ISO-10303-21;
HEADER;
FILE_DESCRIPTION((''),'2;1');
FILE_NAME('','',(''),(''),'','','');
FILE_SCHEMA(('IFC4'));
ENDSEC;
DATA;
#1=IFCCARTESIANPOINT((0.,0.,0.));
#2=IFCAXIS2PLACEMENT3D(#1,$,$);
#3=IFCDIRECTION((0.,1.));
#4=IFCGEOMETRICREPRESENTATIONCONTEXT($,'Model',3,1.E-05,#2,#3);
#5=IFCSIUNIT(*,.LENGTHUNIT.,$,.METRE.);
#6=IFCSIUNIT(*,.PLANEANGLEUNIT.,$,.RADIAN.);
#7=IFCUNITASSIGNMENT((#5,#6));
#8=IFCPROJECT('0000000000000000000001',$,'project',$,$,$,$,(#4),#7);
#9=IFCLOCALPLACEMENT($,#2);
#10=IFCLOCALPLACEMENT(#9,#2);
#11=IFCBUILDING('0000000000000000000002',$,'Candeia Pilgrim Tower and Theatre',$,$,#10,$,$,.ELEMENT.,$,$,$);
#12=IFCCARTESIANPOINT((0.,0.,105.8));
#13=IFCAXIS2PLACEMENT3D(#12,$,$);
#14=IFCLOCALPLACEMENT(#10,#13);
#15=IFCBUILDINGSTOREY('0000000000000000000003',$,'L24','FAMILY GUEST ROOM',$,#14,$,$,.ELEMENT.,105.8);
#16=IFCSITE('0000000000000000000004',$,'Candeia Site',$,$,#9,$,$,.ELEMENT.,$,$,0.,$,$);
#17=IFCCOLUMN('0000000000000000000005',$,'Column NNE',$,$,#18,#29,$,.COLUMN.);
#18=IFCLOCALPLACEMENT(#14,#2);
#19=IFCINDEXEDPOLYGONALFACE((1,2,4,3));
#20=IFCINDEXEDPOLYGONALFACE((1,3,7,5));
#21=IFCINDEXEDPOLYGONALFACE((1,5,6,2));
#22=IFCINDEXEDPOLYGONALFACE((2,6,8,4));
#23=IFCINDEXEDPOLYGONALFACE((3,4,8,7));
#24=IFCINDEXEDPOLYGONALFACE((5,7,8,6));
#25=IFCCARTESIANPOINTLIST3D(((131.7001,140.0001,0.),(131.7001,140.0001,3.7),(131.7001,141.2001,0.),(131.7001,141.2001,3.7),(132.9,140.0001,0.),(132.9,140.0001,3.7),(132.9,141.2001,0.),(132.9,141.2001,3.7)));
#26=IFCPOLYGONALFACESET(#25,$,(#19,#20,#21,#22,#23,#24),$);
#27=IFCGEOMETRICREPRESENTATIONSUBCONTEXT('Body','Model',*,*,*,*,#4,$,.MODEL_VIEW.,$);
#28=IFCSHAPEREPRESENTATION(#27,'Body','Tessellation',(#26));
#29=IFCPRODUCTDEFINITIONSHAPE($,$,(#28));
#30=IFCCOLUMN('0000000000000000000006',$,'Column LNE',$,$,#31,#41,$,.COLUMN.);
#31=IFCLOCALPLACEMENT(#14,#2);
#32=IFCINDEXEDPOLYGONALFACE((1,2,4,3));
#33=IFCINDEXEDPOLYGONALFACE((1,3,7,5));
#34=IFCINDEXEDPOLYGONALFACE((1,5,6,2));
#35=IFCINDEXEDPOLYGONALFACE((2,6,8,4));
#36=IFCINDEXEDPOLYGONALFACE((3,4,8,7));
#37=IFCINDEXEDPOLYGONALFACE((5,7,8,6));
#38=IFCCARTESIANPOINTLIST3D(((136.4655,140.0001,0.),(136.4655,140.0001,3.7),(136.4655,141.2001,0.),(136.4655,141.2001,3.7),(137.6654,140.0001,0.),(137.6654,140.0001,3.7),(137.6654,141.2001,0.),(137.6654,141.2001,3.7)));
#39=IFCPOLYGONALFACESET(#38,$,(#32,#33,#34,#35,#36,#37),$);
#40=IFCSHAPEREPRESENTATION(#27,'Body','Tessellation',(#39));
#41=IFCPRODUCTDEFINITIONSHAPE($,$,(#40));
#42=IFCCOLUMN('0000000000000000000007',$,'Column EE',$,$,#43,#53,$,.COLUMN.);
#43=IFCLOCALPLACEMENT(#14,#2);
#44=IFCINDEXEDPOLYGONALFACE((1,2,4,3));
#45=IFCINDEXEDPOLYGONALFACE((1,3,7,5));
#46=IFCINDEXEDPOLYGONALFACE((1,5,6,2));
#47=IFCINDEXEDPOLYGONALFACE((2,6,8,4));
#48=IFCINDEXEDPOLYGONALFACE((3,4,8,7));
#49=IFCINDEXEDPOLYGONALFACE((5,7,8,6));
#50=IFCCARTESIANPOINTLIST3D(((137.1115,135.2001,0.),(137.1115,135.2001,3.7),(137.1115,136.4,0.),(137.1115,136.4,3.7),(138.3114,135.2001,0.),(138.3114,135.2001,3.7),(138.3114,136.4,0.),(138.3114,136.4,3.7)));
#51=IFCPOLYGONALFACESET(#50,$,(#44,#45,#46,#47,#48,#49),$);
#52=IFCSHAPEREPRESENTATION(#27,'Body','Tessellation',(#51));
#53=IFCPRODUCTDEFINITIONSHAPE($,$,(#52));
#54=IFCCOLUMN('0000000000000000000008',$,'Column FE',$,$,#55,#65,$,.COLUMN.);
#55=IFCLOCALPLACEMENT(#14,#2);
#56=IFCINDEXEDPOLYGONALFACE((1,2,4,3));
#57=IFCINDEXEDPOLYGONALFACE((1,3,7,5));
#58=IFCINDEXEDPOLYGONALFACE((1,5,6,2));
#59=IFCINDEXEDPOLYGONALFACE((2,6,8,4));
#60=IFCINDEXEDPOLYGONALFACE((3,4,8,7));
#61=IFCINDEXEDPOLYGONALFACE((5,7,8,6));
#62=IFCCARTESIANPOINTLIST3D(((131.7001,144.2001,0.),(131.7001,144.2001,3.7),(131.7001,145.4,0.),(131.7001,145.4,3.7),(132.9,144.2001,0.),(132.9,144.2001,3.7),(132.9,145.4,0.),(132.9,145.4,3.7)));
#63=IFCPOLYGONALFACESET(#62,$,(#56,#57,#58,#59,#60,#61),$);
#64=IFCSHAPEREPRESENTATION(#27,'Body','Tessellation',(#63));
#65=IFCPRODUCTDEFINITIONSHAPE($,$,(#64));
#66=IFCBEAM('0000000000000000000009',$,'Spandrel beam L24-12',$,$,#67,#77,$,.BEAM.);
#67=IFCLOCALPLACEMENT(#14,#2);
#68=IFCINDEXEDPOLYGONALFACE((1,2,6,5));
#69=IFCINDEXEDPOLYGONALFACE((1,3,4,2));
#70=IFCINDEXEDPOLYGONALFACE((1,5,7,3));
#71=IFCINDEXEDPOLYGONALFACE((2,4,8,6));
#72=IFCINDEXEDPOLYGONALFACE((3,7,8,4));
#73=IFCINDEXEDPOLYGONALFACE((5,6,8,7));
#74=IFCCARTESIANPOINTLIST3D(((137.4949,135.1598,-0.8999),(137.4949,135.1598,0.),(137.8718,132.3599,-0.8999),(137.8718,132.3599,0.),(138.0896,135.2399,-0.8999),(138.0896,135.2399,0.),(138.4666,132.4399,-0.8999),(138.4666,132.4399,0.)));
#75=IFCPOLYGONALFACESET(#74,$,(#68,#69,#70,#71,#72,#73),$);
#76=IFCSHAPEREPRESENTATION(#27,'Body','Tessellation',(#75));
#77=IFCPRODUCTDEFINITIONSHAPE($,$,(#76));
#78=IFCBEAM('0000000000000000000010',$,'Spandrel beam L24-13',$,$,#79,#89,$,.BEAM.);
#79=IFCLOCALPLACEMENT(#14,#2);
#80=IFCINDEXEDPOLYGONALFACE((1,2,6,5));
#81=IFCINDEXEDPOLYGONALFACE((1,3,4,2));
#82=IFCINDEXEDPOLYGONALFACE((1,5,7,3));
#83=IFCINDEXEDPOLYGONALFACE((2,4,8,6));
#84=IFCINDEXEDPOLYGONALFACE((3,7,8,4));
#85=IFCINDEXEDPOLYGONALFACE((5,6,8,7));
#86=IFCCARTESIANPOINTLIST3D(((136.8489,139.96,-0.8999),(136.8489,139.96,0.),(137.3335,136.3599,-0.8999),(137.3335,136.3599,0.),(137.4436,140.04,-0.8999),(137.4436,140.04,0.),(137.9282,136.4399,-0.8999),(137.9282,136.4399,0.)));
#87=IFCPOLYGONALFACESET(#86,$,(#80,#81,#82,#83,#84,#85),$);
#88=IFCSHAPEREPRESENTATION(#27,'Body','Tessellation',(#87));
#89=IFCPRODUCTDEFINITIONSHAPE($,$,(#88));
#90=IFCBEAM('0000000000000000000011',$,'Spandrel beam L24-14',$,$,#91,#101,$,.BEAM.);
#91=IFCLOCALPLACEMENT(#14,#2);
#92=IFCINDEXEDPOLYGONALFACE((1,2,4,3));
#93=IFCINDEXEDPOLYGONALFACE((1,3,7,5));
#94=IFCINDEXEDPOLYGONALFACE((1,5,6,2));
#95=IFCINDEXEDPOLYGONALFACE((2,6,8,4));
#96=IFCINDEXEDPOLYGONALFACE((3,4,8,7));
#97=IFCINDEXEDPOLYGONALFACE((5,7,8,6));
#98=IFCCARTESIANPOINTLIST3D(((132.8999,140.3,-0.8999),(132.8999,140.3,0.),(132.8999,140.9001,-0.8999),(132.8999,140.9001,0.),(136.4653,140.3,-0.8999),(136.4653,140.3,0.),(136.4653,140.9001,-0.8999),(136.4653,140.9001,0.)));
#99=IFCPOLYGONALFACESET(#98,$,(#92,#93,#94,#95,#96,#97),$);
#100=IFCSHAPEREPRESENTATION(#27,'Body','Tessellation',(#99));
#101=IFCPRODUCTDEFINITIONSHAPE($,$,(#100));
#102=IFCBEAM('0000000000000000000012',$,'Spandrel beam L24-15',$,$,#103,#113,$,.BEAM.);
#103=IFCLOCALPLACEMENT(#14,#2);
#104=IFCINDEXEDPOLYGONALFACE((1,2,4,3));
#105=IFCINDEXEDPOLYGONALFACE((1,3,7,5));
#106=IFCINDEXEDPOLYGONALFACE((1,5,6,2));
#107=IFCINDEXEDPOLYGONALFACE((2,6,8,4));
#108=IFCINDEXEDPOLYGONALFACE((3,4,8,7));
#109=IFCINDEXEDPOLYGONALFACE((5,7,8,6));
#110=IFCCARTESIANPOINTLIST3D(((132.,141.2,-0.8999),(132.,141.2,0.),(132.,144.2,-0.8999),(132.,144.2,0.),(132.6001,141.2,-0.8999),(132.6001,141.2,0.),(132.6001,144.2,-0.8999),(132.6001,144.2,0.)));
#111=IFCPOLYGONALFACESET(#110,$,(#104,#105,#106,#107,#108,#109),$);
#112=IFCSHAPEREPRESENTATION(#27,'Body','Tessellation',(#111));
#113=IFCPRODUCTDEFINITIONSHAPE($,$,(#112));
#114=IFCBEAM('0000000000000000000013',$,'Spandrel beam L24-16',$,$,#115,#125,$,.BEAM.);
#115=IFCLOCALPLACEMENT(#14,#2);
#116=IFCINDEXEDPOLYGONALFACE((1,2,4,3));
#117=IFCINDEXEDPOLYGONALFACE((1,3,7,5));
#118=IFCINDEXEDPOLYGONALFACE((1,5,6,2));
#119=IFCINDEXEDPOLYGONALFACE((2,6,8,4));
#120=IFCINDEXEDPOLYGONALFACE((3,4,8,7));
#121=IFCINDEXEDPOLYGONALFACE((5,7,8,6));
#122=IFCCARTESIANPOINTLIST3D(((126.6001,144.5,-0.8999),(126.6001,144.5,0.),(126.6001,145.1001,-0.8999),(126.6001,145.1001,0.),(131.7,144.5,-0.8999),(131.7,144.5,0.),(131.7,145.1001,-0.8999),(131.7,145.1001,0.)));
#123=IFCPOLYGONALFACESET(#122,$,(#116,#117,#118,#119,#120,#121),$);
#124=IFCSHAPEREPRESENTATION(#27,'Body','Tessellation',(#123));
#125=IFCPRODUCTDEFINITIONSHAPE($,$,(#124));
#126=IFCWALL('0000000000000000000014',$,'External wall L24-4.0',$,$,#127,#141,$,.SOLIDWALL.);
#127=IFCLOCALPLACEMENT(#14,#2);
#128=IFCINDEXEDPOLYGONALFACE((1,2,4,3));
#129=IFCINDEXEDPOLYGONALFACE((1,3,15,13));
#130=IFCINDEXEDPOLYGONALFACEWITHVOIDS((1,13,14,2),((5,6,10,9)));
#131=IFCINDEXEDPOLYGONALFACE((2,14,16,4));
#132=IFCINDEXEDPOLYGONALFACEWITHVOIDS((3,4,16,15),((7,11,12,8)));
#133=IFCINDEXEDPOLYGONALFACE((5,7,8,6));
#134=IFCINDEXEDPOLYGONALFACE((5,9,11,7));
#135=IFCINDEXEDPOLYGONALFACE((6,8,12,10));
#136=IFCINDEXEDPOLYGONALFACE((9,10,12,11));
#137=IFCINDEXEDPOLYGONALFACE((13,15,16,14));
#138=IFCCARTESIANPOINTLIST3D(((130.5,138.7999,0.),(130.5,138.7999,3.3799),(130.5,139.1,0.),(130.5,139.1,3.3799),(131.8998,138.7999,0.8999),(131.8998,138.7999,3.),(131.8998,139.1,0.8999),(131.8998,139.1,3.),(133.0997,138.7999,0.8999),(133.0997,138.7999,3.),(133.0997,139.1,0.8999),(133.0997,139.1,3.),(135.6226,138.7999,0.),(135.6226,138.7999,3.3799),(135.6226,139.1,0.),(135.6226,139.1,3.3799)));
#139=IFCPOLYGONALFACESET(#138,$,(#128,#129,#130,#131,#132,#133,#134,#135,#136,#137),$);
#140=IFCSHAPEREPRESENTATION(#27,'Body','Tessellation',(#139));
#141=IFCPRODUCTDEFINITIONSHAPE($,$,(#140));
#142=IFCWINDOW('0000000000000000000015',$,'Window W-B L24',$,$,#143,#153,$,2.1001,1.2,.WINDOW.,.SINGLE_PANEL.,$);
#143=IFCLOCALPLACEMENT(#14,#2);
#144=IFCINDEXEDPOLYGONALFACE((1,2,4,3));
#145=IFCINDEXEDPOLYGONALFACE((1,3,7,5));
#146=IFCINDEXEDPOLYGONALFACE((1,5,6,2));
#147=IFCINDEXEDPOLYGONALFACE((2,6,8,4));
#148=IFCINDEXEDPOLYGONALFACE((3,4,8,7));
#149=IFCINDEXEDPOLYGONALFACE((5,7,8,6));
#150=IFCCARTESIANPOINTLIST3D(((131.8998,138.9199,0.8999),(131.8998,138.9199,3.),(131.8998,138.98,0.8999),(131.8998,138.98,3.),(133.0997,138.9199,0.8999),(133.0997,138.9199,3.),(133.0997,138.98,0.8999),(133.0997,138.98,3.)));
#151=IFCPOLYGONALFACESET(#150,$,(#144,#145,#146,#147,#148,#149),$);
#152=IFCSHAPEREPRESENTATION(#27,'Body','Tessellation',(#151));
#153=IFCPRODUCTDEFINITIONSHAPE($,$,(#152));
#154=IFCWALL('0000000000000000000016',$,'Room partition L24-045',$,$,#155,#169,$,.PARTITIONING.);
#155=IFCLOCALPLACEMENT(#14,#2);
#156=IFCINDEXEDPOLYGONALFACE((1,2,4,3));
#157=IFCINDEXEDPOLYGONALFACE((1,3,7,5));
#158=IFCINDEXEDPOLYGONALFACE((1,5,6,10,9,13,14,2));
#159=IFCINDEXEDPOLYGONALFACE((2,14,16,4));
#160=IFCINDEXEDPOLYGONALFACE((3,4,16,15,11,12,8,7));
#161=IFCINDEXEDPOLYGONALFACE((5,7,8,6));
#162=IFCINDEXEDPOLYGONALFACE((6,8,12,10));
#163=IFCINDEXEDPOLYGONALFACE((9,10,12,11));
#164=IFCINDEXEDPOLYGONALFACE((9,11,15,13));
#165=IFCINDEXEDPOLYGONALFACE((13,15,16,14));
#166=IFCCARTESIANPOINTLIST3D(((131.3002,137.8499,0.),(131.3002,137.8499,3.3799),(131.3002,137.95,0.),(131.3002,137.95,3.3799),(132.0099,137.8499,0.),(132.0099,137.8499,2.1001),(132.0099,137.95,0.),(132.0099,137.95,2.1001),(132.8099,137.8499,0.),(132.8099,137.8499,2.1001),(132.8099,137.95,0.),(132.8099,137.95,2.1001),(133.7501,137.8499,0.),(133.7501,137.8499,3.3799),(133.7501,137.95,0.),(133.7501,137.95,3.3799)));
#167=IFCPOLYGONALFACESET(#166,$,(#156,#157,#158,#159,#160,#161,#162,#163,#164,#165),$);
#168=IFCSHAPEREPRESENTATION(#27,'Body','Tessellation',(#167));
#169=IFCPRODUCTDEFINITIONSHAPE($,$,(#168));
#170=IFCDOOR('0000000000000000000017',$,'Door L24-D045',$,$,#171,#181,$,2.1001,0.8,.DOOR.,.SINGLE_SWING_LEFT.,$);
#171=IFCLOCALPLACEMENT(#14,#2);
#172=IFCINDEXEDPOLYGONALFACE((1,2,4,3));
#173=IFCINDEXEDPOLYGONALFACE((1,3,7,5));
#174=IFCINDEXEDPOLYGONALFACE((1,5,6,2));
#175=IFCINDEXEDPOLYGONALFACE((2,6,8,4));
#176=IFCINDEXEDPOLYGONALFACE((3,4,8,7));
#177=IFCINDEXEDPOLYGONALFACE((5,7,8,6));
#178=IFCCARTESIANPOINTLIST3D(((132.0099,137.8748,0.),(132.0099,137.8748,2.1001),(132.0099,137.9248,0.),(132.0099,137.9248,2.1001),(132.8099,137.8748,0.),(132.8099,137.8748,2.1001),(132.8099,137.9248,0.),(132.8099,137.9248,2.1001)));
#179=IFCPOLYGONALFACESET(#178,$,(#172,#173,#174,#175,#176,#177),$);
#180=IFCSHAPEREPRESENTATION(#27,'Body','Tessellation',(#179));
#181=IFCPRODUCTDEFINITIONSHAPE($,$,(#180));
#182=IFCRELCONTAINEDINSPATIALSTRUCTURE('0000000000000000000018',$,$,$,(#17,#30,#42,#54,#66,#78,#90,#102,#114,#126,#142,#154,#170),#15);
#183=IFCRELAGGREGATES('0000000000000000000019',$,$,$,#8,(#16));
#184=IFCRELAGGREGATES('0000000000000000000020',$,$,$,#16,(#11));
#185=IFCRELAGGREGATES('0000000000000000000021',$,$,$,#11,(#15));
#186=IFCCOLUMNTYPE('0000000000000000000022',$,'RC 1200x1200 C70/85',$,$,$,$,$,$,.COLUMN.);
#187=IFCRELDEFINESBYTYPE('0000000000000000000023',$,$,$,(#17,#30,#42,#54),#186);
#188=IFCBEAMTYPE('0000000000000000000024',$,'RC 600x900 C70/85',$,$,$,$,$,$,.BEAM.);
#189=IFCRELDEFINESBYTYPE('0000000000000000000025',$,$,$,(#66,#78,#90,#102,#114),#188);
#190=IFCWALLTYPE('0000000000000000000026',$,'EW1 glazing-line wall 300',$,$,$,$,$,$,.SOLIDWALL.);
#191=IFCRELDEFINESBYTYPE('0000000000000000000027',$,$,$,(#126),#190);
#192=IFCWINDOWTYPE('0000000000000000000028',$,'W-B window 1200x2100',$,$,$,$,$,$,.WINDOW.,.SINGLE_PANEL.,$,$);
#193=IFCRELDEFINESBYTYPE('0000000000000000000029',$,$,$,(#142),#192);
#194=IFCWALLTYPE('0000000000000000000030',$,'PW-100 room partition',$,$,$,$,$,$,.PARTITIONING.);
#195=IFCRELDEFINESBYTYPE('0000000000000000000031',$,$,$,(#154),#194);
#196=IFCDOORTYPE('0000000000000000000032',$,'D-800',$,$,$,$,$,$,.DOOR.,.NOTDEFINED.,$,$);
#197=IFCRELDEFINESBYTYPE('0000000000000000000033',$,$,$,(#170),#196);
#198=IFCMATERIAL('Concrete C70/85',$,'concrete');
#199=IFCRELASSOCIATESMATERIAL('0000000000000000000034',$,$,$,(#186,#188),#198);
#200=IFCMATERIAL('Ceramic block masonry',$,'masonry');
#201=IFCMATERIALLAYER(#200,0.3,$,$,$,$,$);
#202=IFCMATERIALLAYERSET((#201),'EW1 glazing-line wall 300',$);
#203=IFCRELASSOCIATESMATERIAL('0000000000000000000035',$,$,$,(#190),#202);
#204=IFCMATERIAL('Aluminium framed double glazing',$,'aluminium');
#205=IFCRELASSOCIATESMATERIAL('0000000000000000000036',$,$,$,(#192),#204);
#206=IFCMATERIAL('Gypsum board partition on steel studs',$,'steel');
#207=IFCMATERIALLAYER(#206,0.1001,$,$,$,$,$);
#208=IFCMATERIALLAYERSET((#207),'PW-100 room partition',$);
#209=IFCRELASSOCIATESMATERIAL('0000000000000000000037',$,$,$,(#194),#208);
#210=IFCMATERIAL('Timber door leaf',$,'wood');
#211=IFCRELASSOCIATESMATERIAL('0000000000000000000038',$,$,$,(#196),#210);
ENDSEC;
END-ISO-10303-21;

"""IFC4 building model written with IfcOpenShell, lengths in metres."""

from ifc_helpers import new_model, si_unit, direction, frame, frame_2d, origin, origin_2d, place, context, subcontext, project, spatial, rectangle, extrude, material, layer, layer_set, material_profile, profile_set, type_object, element, fill, save


model = new_model("IFC4")

# Units and contexts
model_context = context("Model", 3, precision=1e-05, world=origin(), true_north=direction((0.0, 1.0)))
body_context = subcontext(model_context, "Body", "Model", "MODEL_VIEW")
ifc_project = project(units=[si_unit("LENGTHUNIT", "METRE"), si_unit("PLANEANGLEUNIT", "RADIAN")], contexts=[model_context])

# Site, building, storey
site_placement = place(None, origin())
site = spatial("IfcSite", under=ifc_project, at=site_placement, Name="Candeia Site", CompositionType="ELEMENT", RefElevation=0.0)
building_placement = place(site_placement, origin())
building = spatial("IfcBuilding", under=site, at=building_placement, Name="Candeia Pilgrim Tower and Theatre", CompositionType="ELEMENT")
storey_placement = place(building_placement, frame((0.0, 0.0, 105.8)))
storey = spatial("IfcBuildingStorey", under=building, at=storey_placement, Name="L24", Description="FAMILY GUEST ROOM", CompositionType="ELEMENT", Elevation=105.8)

# Columns
ifc_material_1 = material(Name="Concrete C70/85", Category="concrete")
ifc_material_profile_1 = material_profile(ifc_material_1, rectangle(XDim=1.2, YDim=1.2, at=origin_2d()))
ifc_profile_set_1 = profile_set([ifc_material_profile_1], Name="Concrete C70/85")
column_type = type_object("IfcColumnType", Name="RC 1200x1200 C70/85", PredefinedType="COLUMN", material=ifc_profile_set_1)
for number, where, z_axis, x_axis, name in (
    (1, (132.3, 140.6001, 0.0), (0.0, 0.0, 1.0), (1.0, 0.0, 0.0), "Column NNE"),
    (2, (137.0654, 140.6001, 0.0), (0.0, 0.0, 1.0), (1.0, 0.0, 0.0), "Column LNE"),
    (3, (137.7114, 135.8, 0.0), (0.0, 0.0, 1.0), (1.0, 0.0, 0.0), "Column EE"),
    (4, (132.3, 144.8, 0.0), (0.0, 0.0, 1.0), (1.0, 0.0, 0.0), "Column FE"),
):
    element("IfcColumn", number, at=place(storey_placement, frame(where, z_axis=z_axis, x_axis=x_axis)), inside=storey, type_object=column_type, Name=name, PredefinedType="COLUMN", context=body_context, shape_type="SweptSolid", body=[
        extrude(rectangle(XDim=1.2, YDim=1.2, at=origin_2d()), origin(), (0.0, 0.0, 1.0), 3.7),
    ])

# Beams
ifc_material_profile_2 = material_profile(ifc_material_1, rectangle(XDim=0.6001, YDim=0.8999, at=origin_2d()))
ifc_profile_set_2 = profile_set([ifc_material_profile_2], Name="Concrete C70/85")
beam_type = type_object("IfcBeamType", Name="RC 600x900 C70/85", PredefinedType="BEAM", material=ifc_profile_set_2)
beam_1_placement = place(storey_placement, frame((138.1692, 132.3999, -0.45), z_axis=(-0.13342, 0.99106, 0.0), x_axis=(-0.99106, -0.13342, 0.0)))
element("IfcBeam", 5, at=beam_1_placement, inside=storey, type_object=beam_type, Name="Spandrel beam L24-12", PredefinedType="BEAM", context=body_context, shape_type="SweptSolid", body=[
    extrude(rectangle(XDim=0.6001, YDim=0.8999, at=origin_2d()), origin(), (0.0, 0.0, 1.0), 2.8252),
])
beam_2_placement = place(storey_placement, frame((137.6309, 136.3999, -0.45), z_axis=(-0.133409, 0.991061, 0.0), x_axis=(-0.991061, -0.133409, 0.0)))
element("IfcBeam", 6, at=beam_2_placement, inside=storey, type_object=beam_type, Name="Spandrel beam L24-13", PredefinedType="BEAM", context=body_context, shape_type="SweptSolid", body=[
    extrude(rectangle(XDim=0.6001, YDim=0.8999, at=origin_2d()), origin(), (0.0, 0.0, 1.0), 3.6326),
])
beam_3_placement = place(storey_placement, frame((136.4653, 140.6001, -0.45), z_axis=(-1.0, 0.0, 0.0), x_axis=(0.0, -1.0, 0.0)))
element("IfcBeam", 7, at=beam_3_placement, inside=storey, type_object=beam_type, Name="Spandrel beam L24-14", PredefinedType="BEAM", context=body_context, shape_type="SweptSolid", body=[
    extrude(rectangle(XDim=0.6001, YDim=0.8999, at=origin_2d()), origin(), (0.0, 0.0, 1.0), 3.5654),
])
beam_4_placement = place(storey_placement, frame((132.3, 141.2, -0.45), z_axis=(0.0, 1.0, 0.0), x_axis=(-1.0, 0.0, 0.0)))
element("IfcBeam", 8, at=beam_4_placement, inside=storey, type_object=beam_type, Name="Spandrel beam L24-15", PredefinedType="BEAM", context=body_context, shape_type="SweptSolid", body=[
    extrude(rectangle(XDim=0.6001, YDim=0.8999, at=origin_2d()), origin(), (0.0, 0.0, 1.0), 3.0),
])
beam_5_placement = place(storey_placement, frame((131.7, 144.8, -0.45), z_axis=(-1.0, 0.0, 0.0), x_axis=(0.0, -1.0, 0.0)))
element("IfcBeam", 9, at=beam_5_placement, inside=storey, type_object=beam_type, Name="Spandrel beam L24-16", PredefinedType="BEAM", context=body_context, shape_type="SweptSolid", body=[
    extrude(rectangle(XDim=0.6001, YDim=0.8999, at=origin_2d()), origin(), (0.0, 0.0, 1.0), 5.0999),
])

# Shared definitions
ifc_material_2 = material(Name="Ceramic block masonry", Category="masonry")
ifc_layer_1 = layer(ifc_material_2, 0.3)
ifc_layer_set_1 = layer_set([ifc_layer_1], Name="EW1 glazing-line wall 300")
wall_type_1 = type_object("IfcWallType", Name="EW1 glazing-line wall 300", PredefinedType="SOLIDWALL", material=ifc_layer_set_1)
ifc_material_3 = material(Name="Aluminium framed double glazing", Category="aluminium")

# Wall, opening, window
wall_1_placement = place(storey_placement, frame((135.6226, 138.95, 0.0), z_axis=(0.0, 0.0, 1.0), x_axis=(-1.0, 0.0, 0.0)))
wall_1 = element("IfcWall", 10, at=wall_1_placement, inside=storey, type_object=wall_type_1, Name="External wall L24-4.0", PredefinedType="SOLIDWALL", context=body_context, shape_type="SweptSolid", body=[
    extrude(rectangle(XDim=5.1226, YDim=0.3, at=frame_2d((2.5613, 0.0))), origin(), (0.0, 0.0, 1.0), 3.3799),
])
opening_1_placement = place(wall_1_placement, frame((2.5227, 0.0, 0.8999)))
opening_1 = element("IfcOpeningElement", 11, at=opening_1_placement, cuts=wall_1, PredefinedType="OPENING", context=body_context, shape_type="SweptSolid", body=[
    extrude(rectangle(XDim=1.2, YDim=2.1001, at=frame_2d((0.6001, 1.05))), frame((0.0, 0.1602, 0.0), z_axis=(0.0, -1.0, 0.0), x_axis=(1.0, 0.0, 0.0)), (0.0, 0.0, 1.0), 0.3201),
])
window_type_1 = type_object("IfcWindowType", Name="W-B window 1200x2100", PartitioningType="SINGLE_PANEL", PredefinedType="WINDOW", material=ifc_material_3)
window_1_placement = place(opening_1_placement, origin())
window_1 = element("IfcWindow", 12, at=window_1_placement, inside=storey, type_object=window_type_1, Name="Window W-B L24", OverallHeight=2.1001, OverallWidth=1.2, PartitioningType="SINGLE_PANEL", PredefinedType="WINDOW", context=body_context, shape_type="SweptSolid", body=[
    extrude(rectangle(XDim=1.2, YDim=2.1001, at=frame_2d((0.6001, 1.05))), frame((0.0, 0.03, 0.0), z_axis=(0.0, -1.0, 0.0), x_axis=(1.0, 0.0, 0.0)), (0.0, 0.0, 1.0), 0.0601),
])
fill(opening_1, window_1)

# Wall, opening, door
ifc_material_4 = material(Name="Gypsum board partition on steel studs", Category="steel")
ifc_layer_2 = layer(ifc_material_4, 0.1001)
ifc_layer_set_2 = layer_set([ifc_layer_2], Name="PW-100 room partition")
wall_type_2 = type_object("IfcWallType", Name="PW-100 room partition", PredefinedType="PARTITIONING", material=ifc_layer_set_2)
wall_2_placement = place(storey_placement, frame((131.3, 137.8999, 0.0), z_axis=(0.0, 0.0, 1.0), x_axis=(1.0, 0.0, 0.0)))
wall_2 = element("IfcWall", 13, at=wall_2_placement, inside=storey, type_object=wall_type_2, Name="Room partition L24-045", PredefinedType="PARTITIONING", context=body_context, shape_type="SweptSolid", body=[
    extrude(rectangle(XDim=2.45, YDim=0.1001, at=frame_2d((1.2251, 0.0))), origin(), (0.0, 0.0, 1.0), 3.3799),
])
opening_2_placement = place(wall_2_placement, frame((0.71, 0.0, 0.0)))
opening_2 = element("IfcOpeningElement", 14, at=opening_2_placement, cuts=wall_2, PredefinedType="OPENING", context=body_context, shape_type="SweptSolid", body=[
    extrude(rectangle(XDim=0.8, YDim=2.1001, at=frame_2d((0.3999, 1.05))), frame((0.0, 0.0601, 0.0), z_axis=(0.0, -1.0, 0.0), x_axis=(1.0, 0.0, 0.0)), (0.0, 0.0, 1.0), 0.1201),
])
ifc_material_5 = material(Name="Timber door leaf", Category="wood")
door_type_1 = type_object("IfcDoorType", Name="D-800", OperationType="NOTDEFINED", PredefinedType="DOOR", material=ifc_material_5)
door_1_placement = place(opening_2_placement, origin())
door_1 = element("IfcDoor", 15, at=door_1_placement, inside=storey, type_object=door_type_1, Name="Door L24-D045", OperationType="SINGLE_SWING_LEFT", OverallHeight=2.1001, OverallWidth=0.8, PredefinedType="DOOR", context=body_context, shape_type="SweptSolid", body=[
    extrude(rectangle(XDim=0.8, YDim=2.1001, at=frame_2d((0.3999, 1.05))), frame((0.0, 0.0249, 0.0), z_axis=(0.0, -1.0, 0.0), x_axis=(1.0, 0.0, 0.0)), (0.0, 0.0, 1.0), 0.05),
])
fill(opening_2, door_1)

save(model, "model.ifc")
